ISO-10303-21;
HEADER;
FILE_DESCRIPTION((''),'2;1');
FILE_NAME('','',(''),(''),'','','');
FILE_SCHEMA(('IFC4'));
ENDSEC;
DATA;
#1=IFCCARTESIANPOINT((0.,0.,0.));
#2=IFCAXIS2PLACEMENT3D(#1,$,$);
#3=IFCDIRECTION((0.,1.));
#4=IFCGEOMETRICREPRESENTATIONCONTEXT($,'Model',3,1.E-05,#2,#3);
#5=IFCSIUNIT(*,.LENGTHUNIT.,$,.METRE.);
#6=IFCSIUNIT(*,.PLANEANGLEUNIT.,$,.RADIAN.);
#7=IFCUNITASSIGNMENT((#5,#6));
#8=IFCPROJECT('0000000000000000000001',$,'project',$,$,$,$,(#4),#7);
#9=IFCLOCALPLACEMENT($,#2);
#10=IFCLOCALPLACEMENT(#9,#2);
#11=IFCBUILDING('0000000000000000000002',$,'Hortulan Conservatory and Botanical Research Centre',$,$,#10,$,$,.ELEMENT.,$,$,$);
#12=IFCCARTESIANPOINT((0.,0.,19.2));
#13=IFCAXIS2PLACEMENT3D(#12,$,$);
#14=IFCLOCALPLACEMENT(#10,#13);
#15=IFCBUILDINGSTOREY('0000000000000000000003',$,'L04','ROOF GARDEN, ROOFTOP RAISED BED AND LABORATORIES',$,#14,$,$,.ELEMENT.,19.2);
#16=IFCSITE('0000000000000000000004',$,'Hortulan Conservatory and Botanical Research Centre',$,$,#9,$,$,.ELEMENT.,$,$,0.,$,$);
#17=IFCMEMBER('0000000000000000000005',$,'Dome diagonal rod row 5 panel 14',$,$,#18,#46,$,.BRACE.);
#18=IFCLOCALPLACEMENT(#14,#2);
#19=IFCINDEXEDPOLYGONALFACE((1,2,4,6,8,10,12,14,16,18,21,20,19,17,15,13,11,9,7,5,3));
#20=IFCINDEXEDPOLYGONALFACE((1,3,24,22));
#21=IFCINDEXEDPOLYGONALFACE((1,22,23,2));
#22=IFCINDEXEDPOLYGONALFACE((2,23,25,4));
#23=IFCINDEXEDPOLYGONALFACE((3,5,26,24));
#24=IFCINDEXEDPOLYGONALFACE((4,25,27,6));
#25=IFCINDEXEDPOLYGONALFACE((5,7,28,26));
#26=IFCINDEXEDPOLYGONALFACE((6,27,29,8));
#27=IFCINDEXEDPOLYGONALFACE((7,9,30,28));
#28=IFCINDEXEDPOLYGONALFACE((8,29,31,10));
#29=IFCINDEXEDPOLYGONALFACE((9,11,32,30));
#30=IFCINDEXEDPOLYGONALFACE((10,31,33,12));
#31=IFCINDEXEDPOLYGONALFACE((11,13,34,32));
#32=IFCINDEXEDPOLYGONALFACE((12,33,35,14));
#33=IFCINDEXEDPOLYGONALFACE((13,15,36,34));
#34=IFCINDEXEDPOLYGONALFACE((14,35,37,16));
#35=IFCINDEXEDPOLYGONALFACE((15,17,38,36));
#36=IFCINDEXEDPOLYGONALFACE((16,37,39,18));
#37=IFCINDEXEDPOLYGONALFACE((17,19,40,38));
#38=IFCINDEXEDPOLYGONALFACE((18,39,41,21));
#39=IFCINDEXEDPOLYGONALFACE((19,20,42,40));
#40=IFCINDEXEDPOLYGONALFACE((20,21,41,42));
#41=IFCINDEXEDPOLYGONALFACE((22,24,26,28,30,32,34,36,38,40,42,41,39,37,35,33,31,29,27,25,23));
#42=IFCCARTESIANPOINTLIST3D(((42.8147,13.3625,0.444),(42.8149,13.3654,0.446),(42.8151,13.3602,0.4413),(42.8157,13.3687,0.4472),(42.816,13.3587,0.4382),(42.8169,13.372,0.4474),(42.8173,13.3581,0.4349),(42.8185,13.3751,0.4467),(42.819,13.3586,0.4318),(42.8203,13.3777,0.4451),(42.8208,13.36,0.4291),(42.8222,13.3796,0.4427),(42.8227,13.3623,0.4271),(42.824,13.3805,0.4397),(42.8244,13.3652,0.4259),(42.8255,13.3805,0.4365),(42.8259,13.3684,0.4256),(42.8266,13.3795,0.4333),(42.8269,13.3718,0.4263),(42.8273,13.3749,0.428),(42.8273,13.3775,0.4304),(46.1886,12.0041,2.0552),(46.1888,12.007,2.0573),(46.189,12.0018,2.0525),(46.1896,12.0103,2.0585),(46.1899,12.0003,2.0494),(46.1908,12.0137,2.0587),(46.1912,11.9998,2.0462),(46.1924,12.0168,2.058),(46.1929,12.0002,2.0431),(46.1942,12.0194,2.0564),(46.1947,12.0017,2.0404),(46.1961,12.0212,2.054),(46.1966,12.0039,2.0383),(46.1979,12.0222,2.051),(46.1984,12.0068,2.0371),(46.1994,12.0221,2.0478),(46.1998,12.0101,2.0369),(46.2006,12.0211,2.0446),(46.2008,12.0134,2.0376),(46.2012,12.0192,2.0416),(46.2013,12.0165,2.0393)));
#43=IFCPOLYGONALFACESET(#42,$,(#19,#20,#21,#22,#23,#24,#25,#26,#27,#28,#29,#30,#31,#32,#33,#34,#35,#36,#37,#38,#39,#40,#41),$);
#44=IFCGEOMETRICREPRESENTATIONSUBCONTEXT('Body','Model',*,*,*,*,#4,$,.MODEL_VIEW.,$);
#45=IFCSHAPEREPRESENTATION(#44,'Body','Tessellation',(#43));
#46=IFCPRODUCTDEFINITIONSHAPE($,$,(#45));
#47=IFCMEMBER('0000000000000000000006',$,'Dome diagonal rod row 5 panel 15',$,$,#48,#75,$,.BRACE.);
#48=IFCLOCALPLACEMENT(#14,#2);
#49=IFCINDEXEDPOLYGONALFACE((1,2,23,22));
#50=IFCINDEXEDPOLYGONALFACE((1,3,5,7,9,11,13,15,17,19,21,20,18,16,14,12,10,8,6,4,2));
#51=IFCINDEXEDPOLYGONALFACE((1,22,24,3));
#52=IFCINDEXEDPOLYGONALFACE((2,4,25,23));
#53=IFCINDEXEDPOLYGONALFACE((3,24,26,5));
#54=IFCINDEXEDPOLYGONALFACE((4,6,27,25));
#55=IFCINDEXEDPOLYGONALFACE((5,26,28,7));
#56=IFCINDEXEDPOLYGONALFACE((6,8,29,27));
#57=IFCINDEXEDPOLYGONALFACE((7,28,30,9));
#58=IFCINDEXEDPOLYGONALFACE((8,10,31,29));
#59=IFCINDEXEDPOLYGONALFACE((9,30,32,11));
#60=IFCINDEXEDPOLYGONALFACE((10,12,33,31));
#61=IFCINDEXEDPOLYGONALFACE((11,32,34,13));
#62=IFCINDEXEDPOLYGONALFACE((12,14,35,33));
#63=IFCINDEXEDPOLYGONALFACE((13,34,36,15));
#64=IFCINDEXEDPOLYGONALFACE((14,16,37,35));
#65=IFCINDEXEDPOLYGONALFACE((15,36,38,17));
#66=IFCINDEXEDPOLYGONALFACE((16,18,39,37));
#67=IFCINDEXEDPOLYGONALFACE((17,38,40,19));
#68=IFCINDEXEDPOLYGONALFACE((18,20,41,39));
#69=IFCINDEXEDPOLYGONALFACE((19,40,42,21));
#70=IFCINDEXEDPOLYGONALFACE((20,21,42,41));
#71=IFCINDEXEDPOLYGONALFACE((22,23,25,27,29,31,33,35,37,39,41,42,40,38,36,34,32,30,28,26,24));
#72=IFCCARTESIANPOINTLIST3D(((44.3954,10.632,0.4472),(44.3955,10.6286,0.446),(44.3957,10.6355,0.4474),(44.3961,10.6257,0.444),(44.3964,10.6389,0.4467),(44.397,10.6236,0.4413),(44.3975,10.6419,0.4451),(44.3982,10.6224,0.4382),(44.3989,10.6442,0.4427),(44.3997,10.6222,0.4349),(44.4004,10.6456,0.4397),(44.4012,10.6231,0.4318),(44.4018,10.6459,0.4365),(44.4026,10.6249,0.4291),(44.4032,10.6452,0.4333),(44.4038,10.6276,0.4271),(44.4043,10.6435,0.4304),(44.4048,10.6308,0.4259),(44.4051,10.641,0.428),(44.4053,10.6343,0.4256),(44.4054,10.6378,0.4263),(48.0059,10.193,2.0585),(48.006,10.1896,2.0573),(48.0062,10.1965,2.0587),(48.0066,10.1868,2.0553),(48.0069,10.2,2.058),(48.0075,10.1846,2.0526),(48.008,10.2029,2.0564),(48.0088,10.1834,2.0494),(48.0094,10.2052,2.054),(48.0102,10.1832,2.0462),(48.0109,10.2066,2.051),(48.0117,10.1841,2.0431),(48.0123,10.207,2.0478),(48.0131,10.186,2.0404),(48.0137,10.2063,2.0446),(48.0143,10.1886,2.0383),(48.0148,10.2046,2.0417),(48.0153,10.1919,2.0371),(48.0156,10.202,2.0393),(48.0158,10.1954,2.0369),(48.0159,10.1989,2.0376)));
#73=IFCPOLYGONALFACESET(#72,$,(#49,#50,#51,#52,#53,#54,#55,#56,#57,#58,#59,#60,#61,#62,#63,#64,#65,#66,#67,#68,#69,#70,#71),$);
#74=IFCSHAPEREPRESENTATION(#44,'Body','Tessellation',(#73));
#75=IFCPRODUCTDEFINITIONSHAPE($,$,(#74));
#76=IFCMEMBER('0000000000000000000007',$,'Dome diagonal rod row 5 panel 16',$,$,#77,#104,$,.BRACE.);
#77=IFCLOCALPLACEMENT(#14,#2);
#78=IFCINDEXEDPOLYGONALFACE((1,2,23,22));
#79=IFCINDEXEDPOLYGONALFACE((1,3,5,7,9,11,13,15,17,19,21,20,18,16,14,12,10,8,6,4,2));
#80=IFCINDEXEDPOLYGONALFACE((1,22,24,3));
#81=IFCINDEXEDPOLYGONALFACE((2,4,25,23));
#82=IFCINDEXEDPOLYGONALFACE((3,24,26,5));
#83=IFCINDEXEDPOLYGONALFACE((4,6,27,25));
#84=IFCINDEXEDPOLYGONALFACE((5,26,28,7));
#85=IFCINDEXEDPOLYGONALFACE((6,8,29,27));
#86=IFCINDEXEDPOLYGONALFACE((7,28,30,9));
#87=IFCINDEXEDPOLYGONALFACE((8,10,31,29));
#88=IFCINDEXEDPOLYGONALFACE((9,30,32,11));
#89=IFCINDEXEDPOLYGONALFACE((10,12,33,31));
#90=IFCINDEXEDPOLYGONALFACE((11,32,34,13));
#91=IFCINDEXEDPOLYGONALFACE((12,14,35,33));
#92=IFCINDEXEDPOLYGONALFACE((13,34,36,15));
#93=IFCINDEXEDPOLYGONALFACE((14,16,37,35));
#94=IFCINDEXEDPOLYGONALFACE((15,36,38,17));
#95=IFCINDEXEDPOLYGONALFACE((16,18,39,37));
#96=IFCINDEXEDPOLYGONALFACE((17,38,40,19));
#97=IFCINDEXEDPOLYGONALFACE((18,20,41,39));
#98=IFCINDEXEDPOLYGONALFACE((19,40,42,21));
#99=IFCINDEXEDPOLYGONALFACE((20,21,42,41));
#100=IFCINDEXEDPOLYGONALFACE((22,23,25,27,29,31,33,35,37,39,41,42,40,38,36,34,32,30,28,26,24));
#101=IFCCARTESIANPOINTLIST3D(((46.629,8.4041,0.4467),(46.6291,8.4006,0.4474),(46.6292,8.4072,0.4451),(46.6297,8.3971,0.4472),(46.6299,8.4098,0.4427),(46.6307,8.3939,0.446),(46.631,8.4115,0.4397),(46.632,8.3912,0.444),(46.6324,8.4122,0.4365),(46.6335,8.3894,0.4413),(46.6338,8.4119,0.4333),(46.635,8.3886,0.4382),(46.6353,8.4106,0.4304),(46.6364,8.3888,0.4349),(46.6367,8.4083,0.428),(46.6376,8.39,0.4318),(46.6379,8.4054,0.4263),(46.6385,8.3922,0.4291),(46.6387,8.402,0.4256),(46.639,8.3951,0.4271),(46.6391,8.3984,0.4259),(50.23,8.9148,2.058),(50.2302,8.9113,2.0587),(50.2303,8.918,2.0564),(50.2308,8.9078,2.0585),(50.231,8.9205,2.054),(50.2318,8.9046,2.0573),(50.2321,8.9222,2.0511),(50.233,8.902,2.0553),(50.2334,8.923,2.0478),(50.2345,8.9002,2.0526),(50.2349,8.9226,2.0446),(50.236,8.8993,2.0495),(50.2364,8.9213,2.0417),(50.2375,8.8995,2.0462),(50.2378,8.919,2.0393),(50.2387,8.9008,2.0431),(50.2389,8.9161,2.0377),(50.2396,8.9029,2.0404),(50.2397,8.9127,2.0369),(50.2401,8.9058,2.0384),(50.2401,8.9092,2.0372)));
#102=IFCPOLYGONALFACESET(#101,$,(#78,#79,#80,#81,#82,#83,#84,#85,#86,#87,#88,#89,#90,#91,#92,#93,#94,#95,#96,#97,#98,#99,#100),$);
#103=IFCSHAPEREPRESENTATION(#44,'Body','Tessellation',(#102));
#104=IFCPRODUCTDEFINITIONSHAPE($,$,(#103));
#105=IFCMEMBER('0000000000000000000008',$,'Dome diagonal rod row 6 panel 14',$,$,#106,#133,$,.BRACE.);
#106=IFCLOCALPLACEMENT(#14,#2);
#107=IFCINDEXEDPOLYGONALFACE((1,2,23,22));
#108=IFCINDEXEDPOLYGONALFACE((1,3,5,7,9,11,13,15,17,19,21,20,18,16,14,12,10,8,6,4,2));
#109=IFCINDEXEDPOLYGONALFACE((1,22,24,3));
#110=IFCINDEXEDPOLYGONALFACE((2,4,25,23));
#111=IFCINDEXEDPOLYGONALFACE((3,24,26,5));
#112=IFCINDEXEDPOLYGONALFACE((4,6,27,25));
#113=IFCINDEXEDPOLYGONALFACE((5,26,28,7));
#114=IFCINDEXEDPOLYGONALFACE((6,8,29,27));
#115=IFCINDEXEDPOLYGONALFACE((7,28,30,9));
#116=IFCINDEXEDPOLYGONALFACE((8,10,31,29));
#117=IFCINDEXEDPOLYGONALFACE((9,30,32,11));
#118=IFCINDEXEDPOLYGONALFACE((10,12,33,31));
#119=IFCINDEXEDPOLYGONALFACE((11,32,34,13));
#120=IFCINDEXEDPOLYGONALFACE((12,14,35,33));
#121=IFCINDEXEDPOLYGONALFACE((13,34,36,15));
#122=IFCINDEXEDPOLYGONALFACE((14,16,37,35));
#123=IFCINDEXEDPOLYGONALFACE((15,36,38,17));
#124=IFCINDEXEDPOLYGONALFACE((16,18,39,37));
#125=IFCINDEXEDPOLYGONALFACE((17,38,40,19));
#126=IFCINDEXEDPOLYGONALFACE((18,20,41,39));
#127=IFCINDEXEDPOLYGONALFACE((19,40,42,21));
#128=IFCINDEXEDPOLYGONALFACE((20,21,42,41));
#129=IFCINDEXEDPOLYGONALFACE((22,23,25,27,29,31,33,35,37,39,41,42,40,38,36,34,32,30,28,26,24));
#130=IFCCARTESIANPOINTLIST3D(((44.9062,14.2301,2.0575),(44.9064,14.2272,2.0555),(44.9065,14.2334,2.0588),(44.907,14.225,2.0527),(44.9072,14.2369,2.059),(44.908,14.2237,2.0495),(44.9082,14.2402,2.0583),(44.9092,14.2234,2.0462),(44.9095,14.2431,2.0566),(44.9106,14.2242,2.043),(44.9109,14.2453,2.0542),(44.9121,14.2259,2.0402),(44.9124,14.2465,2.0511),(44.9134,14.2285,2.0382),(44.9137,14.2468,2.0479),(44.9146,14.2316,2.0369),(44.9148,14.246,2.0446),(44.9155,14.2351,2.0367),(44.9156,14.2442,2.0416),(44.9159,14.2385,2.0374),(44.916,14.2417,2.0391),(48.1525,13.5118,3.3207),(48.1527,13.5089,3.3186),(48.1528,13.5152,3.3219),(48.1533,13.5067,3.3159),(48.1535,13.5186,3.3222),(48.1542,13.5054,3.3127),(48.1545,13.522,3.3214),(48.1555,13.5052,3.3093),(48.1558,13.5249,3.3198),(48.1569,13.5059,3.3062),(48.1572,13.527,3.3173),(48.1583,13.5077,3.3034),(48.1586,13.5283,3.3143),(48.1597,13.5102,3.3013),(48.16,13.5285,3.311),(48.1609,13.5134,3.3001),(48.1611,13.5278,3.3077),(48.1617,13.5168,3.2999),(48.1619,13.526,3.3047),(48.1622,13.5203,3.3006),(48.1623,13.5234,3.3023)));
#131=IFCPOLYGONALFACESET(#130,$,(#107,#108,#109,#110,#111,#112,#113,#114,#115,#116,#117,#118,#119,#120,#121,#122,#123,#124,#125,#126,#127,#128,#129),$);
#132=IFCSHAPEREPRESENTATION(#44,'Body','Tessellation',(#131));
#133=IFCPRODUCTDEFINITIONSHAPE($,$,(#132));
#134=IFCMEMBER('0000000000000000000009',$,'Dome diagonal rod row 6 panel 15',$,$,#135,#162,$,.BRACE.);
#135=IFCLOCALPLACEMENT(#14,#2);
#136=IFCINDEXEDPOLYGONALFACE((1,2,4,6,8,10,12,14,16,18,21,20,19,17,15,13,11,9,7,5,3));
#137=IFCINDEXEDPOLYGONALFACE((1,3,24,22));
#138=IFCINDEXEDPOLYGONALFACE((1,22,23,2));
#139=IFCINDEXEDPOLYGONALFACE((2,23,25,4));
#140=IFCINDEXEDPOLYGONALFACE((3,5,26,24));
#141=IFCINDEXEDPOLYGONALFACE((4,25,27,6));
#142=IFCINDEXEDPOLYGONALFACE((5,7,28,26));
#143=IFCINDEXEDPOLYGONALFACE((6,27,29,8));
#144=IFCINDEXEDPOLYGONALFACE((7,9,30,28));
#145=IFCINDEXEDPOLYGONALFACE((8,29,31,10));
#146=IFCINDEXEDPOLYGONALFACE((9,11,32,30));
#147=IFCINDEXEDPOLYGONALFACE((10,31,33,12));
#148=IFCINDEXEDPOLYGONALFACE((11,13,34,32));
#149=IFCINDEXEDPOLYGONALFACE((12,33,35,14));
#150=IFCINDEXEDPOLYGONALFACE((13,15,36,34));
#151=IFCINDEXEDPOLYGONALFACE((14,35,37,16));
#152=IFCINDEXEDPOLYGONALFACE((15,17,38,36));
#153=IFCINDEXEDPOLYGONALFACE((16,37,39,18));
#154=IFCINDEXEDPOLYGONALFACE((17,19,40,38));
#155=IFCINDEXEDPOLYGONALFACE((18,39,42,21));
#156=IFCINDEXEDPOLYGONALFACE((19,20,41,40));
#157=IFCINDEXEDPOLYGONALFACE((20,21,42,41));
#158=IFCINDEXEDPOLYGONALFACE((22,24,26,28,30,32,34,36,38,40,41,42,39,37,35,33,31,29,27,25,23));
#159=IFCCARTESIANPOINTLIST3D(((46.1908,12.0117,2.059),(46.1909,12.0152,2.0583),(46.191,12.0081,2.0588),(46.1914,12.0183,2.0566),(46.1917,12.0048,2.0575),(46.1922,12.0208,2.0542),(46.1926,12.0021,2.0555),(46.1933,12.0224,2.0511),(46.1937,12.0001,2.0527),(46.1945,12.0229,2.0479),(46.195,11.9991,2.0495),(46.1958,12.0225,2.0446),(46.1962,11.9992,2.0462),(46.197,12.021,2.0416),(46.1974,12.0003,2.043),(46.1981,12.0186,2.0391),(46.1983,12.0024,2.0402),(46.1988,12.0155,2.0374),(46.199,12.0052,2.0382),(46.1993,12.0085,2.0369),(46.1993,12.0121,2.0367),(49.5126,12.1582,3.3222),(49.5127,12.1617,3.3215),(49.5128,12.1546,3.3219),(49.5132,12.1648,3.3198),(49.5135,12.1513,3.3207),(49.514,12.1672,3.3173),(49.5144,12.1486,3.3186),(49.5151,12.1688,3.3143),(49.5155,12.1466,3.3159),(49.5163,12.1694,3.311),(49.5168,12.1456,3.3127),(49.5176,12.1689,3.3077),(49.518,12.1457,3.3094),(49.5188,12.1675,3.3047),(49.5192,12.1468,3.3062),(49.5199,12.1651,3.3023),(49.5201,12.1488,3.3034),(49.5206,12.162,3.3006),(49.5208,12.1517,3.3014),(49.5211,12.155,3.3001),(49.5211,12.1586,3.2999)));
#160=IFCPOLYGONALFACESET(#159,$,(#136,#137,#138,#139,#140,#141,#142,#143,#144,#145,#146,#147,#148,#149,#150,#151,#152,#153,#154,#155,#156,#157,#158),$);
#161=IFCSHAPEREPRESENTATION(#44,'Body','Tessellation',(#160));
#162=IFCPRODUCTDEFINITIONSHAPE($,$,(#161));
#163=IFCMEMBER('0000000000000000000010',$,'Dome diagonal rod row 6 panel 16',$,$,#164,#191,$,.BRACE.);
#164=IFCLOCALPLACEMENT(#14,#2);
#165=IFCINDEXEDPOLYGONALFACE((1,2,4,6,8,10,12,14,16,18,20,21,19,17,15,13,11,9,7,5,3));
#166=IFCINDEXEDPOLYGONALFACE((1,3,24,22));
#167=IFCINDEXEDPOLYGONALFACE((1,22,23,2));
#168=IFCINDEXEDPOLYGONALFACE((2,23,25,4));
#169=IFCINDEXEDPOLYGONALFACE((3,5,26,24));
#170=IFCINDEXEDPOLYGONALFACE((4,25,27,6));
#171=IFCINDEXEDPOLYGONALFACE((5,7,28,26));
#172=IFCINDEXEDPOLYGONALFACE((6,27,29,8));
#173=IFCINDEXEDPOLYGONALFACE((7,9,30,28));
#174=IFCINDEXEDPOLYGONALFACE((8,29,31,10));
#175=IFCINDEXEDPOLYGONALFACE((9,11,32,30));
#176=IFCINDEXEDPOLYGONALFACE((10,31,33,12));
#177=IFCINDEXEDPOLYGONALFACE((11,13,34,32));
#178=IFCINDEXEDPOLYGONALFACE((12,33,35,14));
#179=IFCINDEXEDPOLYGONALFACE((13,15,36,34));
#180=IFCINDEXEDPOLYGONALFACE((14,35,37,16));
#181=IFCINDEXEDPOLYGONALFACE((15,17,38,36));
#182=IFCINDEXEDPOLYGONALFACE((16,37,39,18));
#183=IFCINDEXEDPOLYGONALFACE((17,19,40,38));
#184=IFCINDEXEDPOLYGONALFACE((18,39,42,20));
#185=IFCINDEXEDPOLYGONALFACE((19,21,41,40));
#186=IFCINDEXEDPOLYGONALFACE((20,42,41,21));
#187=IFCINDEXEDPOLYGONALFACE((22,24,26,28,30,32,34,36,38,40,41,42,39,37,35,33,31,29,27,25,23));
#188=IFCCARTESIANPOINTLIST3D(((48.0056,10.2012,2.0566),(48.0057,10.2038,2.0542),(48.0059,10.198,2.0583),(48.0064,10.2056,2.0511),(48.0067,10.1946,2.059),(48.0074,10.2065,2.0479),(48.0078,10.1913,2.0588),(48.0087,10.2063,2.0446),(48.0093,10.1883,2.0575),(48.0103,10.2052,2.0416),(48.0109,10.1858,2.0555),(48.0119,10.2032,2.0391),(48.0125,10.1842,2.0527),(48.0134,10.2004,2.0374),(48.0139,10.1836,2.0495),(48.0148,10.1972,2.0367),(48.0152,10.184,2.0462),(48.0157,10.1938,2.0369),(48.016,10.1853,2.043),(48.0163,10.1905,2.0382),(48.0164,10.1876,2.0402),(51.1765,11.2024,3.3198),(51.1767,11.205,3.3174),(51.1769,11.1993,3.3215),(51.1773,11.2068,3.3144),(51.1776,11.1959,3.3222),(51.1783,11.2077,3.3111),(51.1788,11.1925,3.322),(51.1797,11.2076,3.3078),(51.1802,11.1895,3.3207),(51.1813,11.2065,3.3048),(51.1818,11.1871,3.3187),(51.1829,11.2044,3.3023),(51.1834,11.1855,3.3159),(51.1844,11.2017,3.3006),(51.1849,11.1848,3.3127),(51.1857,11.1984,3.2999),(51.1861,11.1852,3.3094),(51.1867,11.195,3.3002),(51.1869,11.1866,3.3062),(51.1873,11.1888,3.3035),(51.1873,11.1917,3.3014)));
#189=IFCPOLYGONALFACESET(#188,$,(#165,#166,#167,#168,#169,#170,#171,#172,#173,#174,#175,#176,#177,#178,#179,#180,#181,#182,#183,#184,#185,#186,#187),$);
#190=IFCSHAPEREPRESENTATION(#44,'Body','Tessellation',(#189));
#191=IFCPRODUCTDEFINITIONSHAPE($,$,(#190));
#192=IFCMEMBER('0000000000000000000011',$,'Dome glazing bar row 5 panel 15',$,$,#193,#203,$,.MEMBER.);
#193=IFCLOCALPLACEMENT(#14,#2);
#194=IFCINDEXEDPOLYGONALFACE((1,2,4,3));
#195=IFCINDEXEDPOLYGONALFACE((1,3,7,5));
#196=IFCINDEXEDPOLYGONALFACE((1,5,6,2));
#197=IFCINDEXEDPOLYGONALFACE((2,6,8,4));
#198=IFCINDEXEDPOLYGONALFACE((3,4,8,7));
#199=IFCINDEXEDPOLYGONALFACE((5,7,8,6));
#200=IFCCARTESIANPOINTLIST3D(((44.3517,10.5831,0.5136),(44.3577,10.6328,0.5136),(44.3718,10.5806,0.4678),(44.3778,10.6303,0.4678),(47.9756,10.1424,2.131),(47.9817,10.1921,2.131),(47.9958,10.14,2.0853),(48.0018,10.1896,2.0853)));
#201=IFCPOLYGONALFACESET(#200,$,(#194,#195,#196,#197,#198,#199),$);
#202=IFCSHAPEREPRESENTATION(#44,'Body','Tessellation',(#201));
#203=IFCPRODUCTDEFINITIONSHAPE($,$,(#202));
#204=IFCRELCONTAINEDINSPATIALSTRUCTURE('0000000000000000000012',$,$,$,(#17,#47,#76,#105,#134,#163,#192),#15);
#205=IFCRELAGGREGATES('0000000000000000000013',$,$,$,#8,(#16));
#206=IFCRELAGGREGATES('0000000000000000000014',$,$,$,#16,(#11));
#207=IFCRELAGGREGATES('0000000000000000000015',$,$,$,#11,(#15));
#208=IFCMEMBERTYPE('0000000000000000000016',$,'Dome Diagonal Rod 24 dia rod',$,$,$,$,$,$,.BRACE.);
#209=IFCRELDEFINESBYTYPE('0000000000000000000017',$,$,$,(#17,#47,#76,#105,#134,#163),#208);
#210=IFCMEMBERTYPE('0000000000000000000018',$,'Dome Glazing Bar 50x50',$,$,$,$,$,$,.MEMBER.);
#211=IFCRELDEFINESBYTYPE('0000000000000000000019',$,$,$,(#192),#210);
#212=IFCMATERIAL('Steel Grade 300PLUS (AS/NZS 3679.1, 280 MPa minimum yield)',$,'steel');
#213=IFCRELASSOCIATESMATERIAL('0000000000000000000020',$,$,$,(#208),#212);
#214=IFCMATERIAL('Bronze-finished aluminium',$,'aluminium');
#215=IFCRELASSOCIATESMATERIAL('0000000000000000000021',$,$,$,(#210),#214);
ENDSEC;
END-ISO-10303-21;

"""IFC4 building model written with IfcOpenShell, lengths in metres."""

from ifc_helpers import new_model, si_unit, direction, frame, origin, origin_2d, place, context, subcontext, project, spatial, rectangle, circle, extrude, material, material_profile, profile_set, type_object, element, save


model = new_model("IFC4")

# Units and contexts
model_context = context("Model", 3, precision=1e-05, world=origin(), true_north=direction((0.0, 1.0)))
body_context = subcontext(model_context, "Body", "Model", "MODEL_VIEW")
ifc_project = project(units=[si_unit("LENGTHUNIT", "METRE"), si_unit("PLANEANGLEUNIT", "RADIAN")], contexts=[model_context])

# Site, building, storey
site_placement = place(None, origin())
site = spatial("IfcSite", under=ifc_project, at=site_placement, Name="Hortulan Conservatory and Botanical Research Centre", CompositionType="ELEMENT", RefElevation=0.0)
building_placement = place(site_placement, origin())
building = spatial("IfcBuilding", under=site, at=building_placement, Name="Hortulan Conservatory and Botanical Research Centre", CompositionType="ELEMENT")
storey_placement = place(building_placement, frame((0.0, 0.0, 19.2)))
storey = spatial("IfcBuildingStorey", under=building, at=storey_placement, Name="L04", Description="ROOF GARDEN, ROOFTOP RAISED BED AND LABORATORIES", CompositionType="ELEMENT", Elevation=19.2)

# Members
ifc_material_1 = material(Name="Steel Grade 300PLUS (AS/NZS 3679.1, 280 MPa minimum yield)", Category="steel")
ifc_material_profile_1 = material_profile(ifc_material_1, circle(Radius=0.012, at=origin_2d()), Name="24 dia rod")
ifc_profile_set_1 = profile_set([ifc_material_profile_1], Name="Steel Grade 300PLUS (AS/NZS 3679.1, 280 MPa minimum yield)")
member_type_1 = type_object("IfcMemberType", Name="Dome Diagonal Rod 24 dia rod", PredefinedType="BRACE", material=ifc_profile_set_1)
for number, where, z_axis, x_axis, name in (
    (1, (42.821, 13.3694, 0.4365), (0.848139, -0.341465, 0.405045), (0.373473, 0.927641, 0.0), "Dome diagonal rod row 5 panel 14"),
    (2, (44.4004, 10.634, 0.4365), (0.907613, -0.110345, 0.405047), (0.120688, 0.99269, 0.0), "Dome diagonal rod row 5 panel 15"),
    (3, (46.634, 8.4004, 0.4365), (0.905233, 0.12839, 0.405054), (-0.140425, 0.990091, 0.0), "Dome diagonal rod row 5 panel 16"),
):
    element("IfcMember", number, at=place(storey_placement, frame(where, z_axis=z_axis, x_axis=x_axis)), inside=storey, type_object=member_type_1, Name=name, PredefinedType="BRACE", context=body_context, shape_type="SweptSolid", body=[
        extrude(circle(Radius=0.012, at=origin_2d()), origin(), (0.0, 0.0, 1.0), 3.978),
    ])
member_1_placement = place(storey_placement, frame((44.9111, 14.2351, 2.0479), z_axis=(0.912734, -0.201945, 0.355154), x_axis=(0.216028, 0.976387, 0.0)))
element("IfcMember", 4, at=member_1_placement, inside=storey, type_object=member_type_1, Name="Dome diagonal rod row 6 panel 14", PredefinedType="BRACE", context=body_context, shape_type="SweptSolid", body=[
    extrude(circle(Radius=0.012, at=origin_2d()), origin(), (0.0, 0.0, 1.0), 3.5566),
])
member_2_placement = place(storey_placement, frame((46.1951, 12.011, 2.0479), z_axis=(0.933906, 0.041184, 0.35514), x_axis=(-0.044055, 0.999029, 0.0)))
element("IfcMember", 5, at=member_2_placement, inside=storey, type_object=member_type_1, Name="Dome diagonal rod row 6 panel 15", PredefinedType="BRACE", context=body_context, shape_type="SweptSolid", body=[
    extrude(circle(Radius=0.012, at=origin_2d()), origin(), (0.0, 0.0, 1.0), 3.5569),
])
member_3_placement = place(storey_placement, frame((48.011, 10.1951, 2.0479), z_axis=(0.891438, 0.281474, 0.35512), x_axis=(-0.3011, 0.953593, 0.0)))
element("IfcMember", 6, at=member_3_placement, inside=storey, type_object=member_type_1, Name="Dome diagonal rod row 6 panel 16", PredefinedType="BRACE", context=body_context, shape_type="SweptSolid", body=[
    extrude(circle(Radius=0.012, at=origin_2d()), origin(), (0.0, 0.0, 1.0), 3.5571),
])
ifc_material_2 = material(Name="Bronze-finished aluminium", Category="aluminium")
ifc_material_profile_2 = material_profile(ifc_material_2, rectangle(XDim=0.05, YDim=0.05, at=origin_2d()), Name="Square bar 50x50")
ifc_profile_set_2 = profile_set([ifc_material_profile_2], Name="Bronze-finished aluminium")
member_type_2 = type_object("IfcMemberType", Name="Dome Glazing Bar 50x50", PredefinedType="MEMBER", material=ifc_profile_set_2)
for number, where, z_axis, x_axis, name in (
    (7, (44.3647, 10.6067, 0.4907), (0.907601, -0.110362, 0.40507), (0.120709, 0.992688, 0.0), "Dome glazing bar row 5 panel 15"),
):
    element("IfcMember", number, at=place(storey_placement, frame(where, z_axis=z_axis, x_axis=x_axis)), inside=storey, type_object=member_type_2, Name=name, PredefinedType="MEMBER", context=body_context, shape_type="SweptSolid", body=[
        extrude(rectangle(XDim=0.05, YDim=0.05, at=origin_2d()), origin(), (0.0, 0.0, 1.0), 3.9929),
    ])

save(model, "model.ifc")
